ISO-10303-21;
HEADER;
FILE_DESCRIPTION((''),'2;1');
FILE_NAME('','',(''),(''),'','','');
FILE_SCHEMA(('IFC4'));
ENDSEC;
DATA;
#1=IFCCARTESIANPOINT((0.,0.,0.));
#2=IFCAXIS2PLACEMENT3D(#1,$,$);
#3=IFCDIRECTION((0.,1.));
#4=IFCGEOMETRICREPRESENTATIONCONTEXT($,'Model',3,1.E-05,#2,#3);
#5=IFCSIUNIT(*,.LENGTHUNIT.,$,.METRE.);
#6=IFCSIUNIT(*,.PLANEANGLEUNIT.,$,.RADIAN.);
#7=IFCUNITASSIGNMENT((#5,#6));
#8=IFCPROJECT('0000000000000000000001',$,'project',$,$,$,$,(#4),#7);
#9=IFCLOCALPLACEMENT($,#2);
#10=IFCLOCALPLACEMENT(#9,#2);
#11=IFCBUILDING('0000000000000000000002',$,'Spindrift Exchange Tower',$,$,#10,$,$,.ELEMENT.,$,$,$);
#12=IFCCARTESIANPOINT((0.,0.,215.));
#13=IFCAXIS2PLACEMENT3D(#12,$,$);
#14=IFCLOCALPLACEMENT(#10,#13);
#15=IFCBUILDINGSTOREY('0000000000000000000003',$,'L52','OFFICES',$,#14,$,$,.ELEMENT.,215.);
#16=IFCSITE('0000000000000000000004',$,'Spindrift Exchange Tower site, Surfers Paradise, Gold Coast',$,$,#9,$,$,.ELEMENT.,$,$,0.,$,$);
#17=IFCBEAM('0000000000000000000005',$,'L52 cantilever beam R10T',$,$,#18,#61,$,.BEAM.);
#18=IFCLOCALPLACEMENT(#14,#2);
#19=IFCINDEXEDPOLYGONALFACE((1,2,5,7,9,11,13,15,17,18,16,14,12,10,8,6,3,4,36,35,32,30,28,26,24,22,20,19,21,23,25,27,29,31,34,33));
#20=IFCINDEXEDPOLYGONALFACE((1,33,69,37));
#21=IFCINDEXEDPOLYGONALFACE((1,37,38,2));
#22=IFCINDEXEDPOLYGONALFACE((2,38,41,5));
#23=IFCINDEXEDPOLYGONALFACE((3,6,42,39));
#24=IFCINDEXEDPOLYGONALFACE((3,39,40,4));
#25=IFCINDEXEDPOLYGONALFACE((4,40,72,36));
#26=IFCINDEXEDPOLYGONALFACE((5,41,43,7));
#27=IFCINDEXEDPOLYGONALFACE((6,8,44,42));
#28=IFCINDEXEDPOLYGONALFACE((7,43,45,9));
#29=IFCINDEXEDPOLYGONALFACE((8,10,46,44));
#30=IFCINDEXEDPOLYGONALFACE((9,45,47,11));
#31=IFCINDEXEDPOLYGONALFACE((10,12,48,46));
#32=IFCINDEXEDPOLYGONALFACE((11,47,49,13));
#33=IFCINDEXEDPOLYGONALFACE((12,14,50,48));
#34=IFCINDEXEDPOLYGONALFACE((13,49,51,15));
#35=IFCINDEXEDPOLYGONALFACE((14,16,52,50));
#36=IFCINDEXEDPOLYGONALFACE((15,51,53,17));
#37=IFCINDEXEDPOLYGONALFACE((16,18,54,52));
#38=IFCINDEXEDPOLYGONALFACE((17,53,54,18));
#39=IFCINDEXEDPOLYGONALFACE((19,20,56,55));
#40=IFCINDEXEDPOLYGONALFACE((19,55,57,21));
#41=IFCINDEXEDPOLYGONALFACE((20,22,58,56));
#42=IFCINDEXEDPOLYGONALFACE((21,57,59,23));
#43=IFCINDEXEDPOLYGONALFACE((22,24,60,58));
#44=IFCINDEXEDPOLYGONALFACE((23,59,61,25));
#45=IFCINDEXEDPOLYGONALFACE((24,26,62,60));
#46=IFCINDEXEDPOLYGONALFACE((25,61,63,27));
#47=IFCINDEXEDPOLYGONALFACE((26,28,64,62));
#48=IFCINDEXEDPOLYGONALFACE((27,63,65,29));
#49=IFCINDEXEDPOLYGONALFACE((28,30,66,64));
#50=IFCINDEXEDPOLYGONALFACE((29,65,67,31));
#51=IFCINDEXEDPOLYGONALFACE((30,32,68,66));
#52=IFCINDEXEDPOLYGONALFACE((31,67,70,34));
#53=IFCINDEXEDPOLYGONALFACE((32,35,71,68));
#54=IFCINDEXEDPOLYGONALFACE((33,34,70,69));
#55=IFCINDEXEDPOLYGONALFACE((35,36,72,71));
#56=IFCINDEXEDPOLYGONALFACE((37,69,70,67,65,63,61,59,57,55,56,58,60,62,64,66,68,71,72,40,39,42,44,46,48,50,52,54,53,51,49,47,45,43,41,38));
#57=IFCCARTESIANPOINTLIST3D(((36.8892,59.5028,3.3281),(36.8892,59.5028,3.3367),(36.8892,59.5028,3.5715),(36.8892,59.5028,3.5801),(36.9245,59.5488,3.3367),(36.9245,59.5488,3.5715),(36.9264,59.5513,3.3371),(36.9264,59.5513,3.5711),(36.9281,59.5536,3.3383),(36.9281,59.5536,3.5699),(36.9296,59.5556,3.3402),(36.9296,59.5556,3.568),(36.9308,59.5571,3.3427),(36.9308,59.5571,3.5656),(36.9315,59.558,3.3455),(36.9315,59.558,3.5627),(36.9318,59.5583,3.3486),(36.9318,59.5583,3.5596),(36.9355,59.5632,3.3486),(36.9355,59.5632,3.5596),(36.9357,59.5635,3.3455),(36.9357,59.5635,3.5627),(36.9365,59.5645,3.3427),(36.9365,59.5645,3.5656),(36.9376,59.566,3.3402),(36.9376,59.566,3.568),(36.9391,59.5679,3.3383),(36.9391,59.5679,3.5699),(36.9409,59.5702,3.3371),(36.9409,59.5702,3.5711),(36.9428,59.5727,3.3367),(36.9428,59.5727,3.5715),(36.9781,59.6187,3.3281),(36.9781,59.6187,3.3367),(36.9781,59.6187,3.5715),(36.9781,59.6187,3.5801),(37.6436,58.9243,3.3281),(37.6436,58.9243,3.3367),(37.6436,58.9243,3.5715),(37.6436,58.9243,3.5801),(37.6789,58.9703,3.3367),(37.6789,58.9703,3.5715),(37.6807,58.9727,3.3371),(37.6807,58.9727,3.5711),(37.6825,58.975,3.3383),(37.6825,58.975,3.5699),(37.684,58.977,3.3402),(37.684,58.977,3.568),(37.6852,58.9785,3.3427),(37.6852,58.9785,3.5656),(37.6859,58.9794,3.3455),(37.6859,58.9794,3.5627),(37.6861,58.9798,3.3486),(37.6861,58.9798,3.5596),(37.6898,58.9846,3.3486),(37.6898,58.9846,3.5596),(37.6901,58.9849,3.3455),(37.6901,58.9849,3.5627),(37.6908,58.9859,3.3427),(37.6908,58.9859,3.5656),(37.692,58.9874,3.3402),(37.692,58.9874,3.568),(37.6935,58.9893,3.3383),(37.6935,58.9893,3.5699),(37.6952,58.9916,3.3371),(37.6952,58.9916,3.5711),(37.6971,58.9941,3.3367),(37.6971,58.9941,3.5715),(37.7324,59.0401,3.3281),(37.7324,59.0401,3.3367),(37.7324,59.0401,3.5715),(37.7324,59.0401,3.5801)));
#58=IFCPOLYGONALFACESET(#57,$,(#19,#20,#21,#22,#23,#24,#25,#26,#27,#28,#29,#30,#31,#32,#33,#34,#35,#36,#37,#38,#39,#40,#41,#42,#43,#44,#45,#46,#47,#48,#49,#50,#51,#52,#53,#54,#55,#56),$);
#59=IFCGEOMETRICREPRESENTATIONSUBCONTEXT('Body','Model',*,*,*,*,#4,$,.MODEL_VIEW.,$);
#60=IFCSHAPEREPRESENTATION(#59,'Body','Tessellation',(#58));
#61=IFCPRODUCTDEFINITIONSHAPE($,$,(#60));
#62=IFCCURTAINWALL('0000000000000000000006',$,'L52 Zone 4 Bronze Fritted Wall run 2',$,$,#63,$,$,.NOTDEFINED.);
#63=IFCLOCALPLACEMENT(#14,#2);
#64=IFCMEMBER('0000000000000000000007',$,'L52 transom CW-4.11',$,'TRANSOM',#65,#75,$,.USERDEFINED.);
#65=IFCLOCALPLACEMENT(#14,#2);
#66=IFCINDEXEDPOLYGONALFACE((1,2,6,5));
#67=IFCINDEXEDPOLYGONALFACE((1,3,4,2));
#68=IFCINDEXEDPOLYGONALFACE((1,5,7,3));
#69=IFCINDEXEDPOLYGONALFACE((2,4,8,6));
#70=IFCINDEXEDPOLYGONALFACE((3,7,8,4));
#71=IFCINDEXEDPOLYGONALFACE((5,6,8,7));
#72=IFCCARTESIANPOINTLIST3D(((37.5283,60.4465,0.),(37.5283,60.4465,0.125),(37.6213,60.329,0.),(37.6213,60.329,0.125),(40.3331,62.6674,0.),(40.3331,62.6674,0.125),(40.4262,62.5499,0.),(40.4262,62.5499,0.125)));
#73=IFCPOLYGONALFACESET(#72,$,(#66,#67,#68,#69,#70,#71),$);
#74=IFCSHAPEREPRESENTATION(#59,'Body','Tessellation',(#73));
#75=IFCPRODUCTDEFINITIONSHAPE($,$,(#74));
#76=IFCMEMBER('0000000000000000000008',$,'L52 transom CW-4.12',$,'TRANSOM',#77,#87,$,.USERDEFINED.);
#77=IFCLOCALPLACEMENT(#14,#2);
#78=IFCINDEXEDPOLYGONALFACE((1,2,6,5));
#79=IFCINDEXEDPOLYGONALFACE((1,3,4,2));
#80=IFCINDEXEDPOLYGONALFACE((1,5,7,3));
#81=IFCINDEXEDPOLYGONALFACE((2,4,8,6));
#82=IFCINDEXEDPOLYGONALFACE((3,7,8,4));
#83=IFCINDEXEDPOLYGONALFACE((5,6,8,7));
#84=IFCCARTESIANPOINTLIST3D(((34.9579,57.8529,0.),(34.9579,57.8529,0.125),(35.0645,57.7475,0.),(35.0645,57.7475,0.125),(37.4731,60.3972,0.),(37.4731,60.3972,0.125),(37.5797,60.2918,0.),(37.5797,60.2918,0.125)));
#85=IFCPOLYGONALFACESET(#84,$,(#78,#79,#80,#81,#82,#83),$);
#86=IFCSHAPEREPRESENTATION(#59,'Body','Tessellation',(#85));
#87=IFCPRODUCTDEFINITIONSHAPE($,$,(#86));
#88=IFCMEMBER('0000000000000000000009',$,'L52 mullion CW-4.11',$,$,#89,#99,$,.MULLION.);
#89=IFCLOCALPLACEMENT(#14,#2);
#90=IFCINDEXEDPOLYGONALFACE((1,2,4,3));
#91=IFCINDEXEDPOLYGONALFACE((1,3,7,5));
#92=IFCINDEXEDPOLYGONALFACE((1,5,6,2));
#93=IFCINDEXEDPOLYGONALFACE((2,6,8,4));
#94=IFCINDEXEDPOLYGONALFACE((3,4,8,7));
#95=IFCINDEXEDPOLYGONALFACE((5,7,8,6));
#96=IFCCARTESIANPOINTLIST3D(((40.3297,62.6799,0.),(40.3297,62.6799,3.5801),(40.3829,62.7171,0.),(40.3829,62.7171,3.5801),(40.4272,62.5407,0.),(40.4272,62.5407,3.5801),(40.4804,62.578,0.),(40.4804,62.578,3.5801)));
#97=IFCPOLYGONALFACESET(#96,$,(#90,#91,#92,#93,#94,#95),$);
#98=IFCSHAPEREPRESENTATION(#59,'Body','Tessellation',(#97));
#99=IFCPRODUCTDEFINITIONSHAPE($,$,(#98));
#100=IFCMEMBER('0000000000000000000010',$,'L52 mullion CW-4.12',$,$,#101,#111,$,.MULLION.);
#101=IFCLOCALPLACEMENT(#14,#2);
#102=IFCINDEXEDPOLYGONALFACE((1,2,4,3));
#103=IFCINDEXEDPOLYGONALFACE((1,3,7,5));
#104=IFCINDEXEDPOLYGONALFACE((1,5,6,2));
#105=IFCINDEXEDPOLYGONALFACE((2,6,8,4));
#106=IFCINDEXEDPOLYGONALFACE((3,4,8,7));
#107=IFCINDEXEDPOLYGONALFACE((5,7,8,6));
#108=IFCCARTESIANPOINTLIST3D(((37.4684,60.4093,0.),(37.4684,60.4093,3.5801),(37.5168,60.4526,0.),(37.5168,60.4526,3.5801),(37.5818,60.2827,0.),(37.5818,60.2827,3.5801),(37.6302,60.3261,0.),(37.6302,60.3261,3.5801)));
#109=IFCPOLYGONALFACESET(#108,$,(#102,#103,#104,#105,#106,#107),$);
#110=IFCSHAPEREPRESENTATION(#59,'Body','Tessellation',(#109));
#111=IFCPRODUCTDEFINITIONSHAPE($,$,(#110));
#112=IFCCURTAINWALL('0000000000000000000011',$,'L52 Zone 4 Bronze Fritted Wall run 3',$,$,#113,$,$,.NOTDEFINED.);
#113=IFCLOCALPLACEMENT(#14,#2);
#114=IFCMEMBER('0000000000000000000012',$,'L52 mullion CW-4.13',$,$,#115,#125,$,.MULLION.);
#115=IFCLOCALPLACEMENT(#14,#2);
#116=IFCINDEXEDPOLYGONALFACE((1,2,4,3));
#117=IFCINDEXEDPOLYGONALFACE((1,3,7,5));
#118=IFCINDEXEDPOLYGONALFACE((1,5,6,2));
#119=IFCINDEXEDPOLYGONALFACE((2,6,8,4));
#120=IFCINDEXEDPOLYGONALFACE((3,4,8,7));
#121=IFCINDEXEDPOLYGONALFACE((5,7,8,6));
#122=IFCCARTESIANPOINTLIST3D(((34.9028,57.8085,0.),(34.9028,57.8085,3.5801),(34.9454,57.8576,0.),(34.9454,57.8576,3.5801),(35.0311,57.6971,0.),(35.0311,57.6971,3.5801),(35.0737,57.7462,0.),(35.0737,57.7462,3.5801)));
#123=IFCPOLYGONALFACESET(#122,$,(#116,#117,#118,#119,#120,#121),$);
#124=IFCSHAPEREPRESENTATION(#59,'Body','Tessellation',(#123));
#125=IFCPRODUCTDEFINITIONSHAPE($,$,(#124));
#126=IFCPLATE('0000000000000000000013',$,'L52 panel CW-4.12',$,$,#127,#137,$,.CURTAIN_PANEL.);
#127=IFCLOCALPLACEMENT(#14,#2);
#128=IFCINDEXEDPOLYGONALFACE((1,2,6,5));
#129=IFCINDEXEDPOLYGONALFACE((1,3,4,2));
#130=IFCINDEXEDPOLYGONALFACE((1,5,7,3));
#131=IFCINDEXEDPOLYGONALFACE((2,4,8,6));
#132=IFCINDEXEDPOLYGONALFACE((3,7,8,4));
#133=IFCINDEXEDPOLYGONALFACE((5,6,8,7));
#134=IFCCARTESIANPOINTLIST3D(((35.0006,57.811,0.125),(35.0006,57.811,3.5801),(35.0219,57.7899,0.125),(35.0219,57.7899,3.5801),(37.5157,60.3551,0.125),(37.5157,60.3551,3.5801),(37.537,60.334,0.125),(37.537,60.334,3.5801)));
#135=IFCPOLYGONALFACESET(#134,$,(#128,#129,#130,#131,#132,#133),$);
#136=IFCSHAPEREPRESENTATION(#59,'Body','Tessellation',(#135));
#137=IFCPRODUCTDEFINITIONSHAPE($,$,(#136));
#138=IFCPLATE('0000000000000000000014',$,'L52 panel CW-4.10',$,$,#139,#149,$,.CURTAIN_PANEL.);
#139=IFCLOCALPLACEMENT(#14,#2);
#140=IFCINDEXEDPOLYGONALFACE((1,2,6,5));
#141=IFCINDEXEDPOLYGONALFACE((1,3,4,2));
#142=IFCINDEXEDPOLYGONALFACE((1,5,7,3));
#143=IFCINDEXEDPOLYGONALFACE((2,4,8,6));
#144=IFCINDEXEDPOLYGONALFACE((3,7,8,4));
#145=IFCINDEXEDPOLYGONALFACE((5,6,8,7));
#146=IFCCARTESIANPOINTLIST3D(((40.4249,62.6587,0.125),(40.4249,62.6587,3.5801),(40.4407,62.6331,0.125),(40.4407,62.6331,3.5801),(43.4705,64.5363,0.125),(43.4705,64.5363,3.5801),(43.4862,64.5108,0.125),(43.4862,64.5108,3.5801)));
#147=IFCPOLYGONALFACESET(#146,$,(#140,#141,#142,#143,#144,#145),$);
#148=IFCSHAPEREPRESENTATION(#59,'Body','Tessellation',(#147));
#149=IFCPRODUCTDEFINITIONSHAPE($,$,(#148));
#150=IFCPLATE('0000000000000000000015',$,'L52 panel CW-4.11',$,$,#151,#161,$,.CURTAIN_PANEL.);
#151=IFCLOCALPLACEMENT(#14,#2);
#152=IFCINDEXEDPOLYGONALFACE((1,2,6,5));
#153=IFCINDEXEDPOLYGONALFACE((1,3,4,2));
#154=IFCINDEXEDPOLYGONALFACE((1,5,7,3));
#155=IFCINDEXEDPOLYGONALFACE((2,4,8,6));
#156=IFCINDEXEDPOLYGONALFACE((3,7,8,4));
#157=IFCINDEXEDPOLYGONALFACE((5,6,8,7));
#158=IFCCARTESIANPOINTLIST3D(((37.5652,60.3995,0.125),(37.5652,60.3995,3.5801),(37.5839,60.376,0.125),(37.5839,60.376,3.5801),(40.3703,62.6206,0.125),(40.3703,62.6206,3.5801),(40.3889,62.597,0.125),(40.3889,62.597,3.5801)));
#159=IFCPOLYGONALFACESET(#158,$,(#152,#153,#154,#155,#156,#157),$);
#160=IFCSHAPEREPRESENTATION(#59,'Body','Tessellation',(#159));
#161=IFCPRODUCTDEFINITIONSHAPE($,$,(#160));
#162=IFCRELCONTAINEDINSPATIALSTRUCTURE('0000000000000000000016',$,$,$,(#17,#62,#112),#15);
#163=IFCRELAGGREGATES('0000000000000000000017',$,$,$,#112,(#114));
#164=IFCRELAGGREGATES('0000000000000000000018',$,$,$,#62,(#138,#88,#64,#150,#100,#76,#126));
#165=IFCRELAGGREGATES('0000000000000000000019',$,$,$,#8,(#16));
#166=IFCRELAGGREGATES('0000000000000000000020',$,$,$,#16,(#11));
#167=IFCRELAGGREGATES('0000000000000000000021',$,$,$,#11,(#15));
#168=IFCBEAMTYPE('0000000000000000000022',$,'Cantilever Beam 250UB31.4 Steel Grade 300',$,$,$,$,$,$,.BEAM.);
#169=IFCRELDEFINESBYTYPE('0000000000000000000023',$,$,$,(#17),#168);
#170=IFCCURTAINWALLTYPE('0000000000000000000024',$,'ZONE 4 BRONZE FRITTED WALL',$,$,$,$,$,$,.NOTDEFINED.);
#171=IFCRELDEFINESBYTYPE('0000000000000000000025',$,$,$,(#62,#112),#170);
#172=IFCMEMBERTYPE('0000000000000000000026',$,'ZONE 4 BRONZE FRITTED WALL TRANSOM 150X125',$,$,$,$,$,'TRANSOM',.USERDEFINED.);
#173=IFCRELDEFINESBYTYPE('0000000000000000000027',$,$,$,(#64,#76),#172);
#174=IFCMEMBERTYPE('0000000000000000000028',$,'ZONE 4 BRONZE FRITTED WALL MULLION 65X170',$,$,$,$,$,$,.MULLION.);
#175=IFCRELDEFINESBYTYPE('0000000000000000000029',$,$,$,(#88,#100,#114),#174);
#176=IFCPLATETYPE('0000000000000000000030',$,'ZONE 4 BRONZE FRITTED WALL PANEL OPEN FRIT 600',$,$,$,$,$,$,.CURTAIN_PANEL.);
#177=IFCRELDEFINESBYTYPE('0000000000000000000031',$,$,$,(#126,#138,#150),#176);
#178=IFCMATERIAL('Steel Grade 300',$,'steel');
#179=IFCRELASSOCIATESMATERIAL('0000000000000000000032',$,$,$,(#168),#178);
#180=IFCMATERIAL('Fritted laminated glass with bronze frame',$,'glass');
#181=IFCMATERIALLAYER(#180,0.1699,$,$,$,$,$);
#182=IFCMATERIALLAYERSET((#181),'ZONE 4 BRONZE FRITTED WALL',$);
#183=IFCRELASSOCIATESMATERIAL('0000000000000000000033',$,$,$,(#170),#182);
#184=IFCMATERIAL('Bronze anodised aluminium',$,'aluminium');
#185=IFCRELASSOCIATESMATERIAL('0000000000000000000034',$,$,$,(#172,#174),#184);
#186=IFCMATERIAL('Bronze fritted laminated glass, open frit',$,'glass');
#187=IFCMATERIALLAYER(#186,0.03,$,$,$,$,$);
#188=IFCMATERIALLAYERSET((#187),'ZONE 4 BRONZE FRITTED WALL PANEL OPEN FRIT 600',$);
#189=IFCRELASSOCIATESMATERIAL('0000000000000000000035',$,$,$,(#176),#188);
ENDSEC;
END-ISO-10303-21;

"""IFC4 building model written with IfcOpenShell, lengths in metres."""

from ifc_helpers import new_model, si_unit, direction, frame, origin, origin_2d, place, context, subcontext, project, spatial, rectangle, i_section, extrude, source, transform, mapped, material, layer, layer_set, material_profile, profile_set, type_object, element, aggregate, save


model = new_model("IFC4")

# Units and contexts
model_context = context("Model", 3, precision=1e-05, world=origin(), true_north=direction((0.0, 1.0)))
body_context = subcontext(model_context, "Body", "Model", "MODEL_VIEW")
ifc_project = project(units=[si_unit("LENGTHUNIT", "METRE"), si_unit("PLANEANGLEUNIT", "RADIAN")], contexts=[model_context])

# Site, building, storey
site_placement = place(None, origin())
site = spatial("IfcSite", under=ifc_project, at=site_placement, Name="Spindrift Exchange Tower site, Surfers Paradise, Gold Coast", CompositionType="ELEMENT", RefElevation=0.0)
building_placement = place(site_placement, origin())
building = spatial("IfcBuilding", under=site, at=building_placement, Name="Spindrift Exchange Tower", CompositionType="ELEMENT")
storey_placement = place(building_placement, frame((0.0, 0.0, 215.0)))
storey = spatial("IfcBuildingStorey", under=building, at=storey_placement, Name="L52", Description="OFFICES", CompositionType="ELEMENT", Elevation=215.0)

# Beam
ifc_material_1 = material(Name="Steel Grade 300", Category="steel")
ifc_material_profile_1 = material_profile(ifc_material_1, i_section(OverallWidth=0.146, OverallDepth=0.252, WebThickness=0.0061, FlangeThickness=0.0085, FilletRadius=0.012, at=origin_2d()), Name="250UB31.4")
ifc_profile_set_1 = profile_set([ifc_material_profile_1], Name="Steel Grade 300")
beam_type_1 = type_object("IfcBeamType", Name="Cantilever Beam 250UB31.4 Steel Grade 300", PredefinedType="BEAM", material=ifc_profile_set_1)
shared_shape_1 = source(origin(), body_context, "Body", "SweptSolid", [
    extrude(i_section(OverallWidth=0.146, OverallDepth=0.252, WebThickness=0.0061, FlangeThickness=0.0085, FilletRadius=0.012, at=origin_2d()), origin(), (0.0, 0.0, 1.0), 0.9507),
])
beam_1_placement = place(storey_placement, frame((37.688, 58.9822, 3.4541), z_axis=(-0.793482, 0.608593, 0.0), x_axis=(-0.608593, -0.793482, 0.0)))
element("IfcBeam", 1, at=beam_1_placement, inside=storey, type_object=beam_type_1, Name="L52 cantilever beam R10T", PredefinedType="BEAM", context=body_context, shape_type="MappedRepresentation", body=[
    mapped(shared_shape_1, transform((0.0, 0.0, 0.0), scale=1.0)),
])

# Curtain wall, members
ifc_material_2 = material(Name="Fritted laminated glass with bronze frame", Category="glass")
ifc_layer_1 = layer(ifc_material_2, 0.1699)
ifc_layer_set_1 = layer_set([ifc_layer_1], Name="ZONE 4 BRONZE FRITTED WALL")
curtain_wall_type = type_object("IfcCurtainWallType", Name="ZONE 4 BRONZE FRITTED WALL", PredefinedType="NOTDEFINED", material=ifc_layer_set_1)
curtain_wall_1_placement = place(storey_placement, origin())
curtain_wall_1 = element("IfcCurtainWall", 2, at=curtain_wall_1_placement, inside=storey, type_object=curtain_wall_type, Name="L52 Zone 4 Bronze Fritted Wall run 2", PredefinedType="NOTDEFINED")
ifc_material_3 = material(Name="Bronze anodised aluminium", Category="aluminium")
ifc_material_profile_2 = material_profile(ifc_material_3, rectangle(XDim=0.1499, YDim=0.125, at=origin_2d()), Name="ZONE 4 BRONZE FRITTED WALL TRANSOM 150X125")
ifc_profile_set_2 = profile_set([ifc_material_profile_2], Name="Bronze anodised aluminium")
member_type_1 = type_object("IfcMemberType", Name="ZONE 4 BRONZE FRITTED WALL TRANSOM 150X125", ElementType="TRANSOM", PredefinedType="USERDEFINED", material=ifc_profile_set_2)
shared_shape_2 = source(origin(), body_context, "Body", "SweptSolid", [
    extrude(rectangle(XDim=0.1499, YDim=0.125, at=origin_2d()), origin(), (0.0, 0.0, 1.0), 3.5776),
])
member_1_placement = place(storey_placement, frame((40.3796, 62.6086, 0.0625), z_axis=(-0.783995, -0.620768, 0.0), x_axis=(0.620768, -0.783995, 0.0)))
member_1 = element("IfcMember", 3, at=member_1_placement, type_object=member_type_1, Name="L52 transom CW-4.11", ObjectType="TRANSOM", PredefinedType="USERDEFINED", context=body_context, shape_type="MappedRepresentation", body=[
    mapped(shared_shape_2, transform((0.0, 0.0, 0.0), scale=1.0)),
])
member_2_placement = place(storey_placement, frame((37.5264, 60.3445, 0.0625), z_axis=(-0.703035, -0.711156, 0.0), x_axis=(0.711156, -0.703035, 0.0)))
member_2 = element("IfcMember", 4, at=member_2_placement, type_object=member_type_1, Name="L52 transom CW-4.12", ObjectType="TRANSOM", PredefinedType="USERDEFINED", context=body_context, shape_type="MappedRepresentation", body=[
    mapped(shared_shape_2, transform((0.0, 0.0, 0.0), scale=1.0)),
])
ifc_material_profile_3 = material_profile(ifc_material_3, rectangle(XDim=0.0649, YDim=0.1699, at=origin_2d()), Name="ZONE 4 BRONZE FRITTED WALL MULLION 65X170")
ifc_profile_set_3 = profile_set([ifc_material_profile_3], Name="Bronze anodised aluminium")
member_type_2 = type_object("IfcMemberType", Name="ZONE 4 BRONZE FRITTED WALL MULLION 65X170", PredefinedType="MULLION", material=ifc_profile_set_3)
shared_shape_3 = source(origin(), body_context, "Body", "SweptSolid", [
    extrude(rectangle(XDim=0.0649, YDim=0.1699, at=origin_2d()), origin(), (0.0, 0.0, 1.0), 3.5801),
])
member_3_placement = place(storey_placement, frame((40.405, 62.6289, 0.0), z_axis=(0.0, 0.0, 1.0), x_axis=(-0.819016, -0.573771, 0.0)))
member_3 = element("IfcMember", 5, at=member_3_placement, type_object=member_type_2, Name="L52 mullion CW-4.11", PredefinedType="MULLION", context=body_context, shape_type="MappedRepresentation", body=[
    mapped(shared_shape_3, transform((0.0, 0.0, 0.0), scale=1.0)),
])
member_4_placement = place(storey_placement, frame((37.5493, 60.3677, 0.0), z_axis=(0.0, 0.0, 1.0), x_axis=(-0.744892, -0.667185, 0.0)))
member_4 = element("IfcMember", 6, at=member_4_placement, type_object=member_type_2, Name="L52 mullion CW-4.12", PredefinedType="MULLION", context=body_context, shape_type="MappedRepresentation", body=[
    mapped(shared_shape_3, transform((0.0, 0.0, 0.0), scale=1.0)),
])

# Curtain wall, member
curtain_wall_2_placement = place(storey_placement, origin())
curtain_wall_2 = element("IfcCurtainWall", 7, at=curtain_wall_2_placement, inside=storey, type_object=curtain_wall_type, Name="L52 Zone 4 Bronze Fritted Wall run 3", PredefinedType="NOTDEFINED")
member_5_placement = place(storey_placement, frame((34.9883, 57.7773, 0.0), z_axis=(0.0, 0.0, 1.0), x_axis=(-0.655633, -0.75508, 0.0)))
member_5 = element("IfcMember", 8, at=member_5_placement, type_object=member_type_2, Name="L52 mullion CW-4.13", PredefinedType="MULLION", context=body_context, shape_type="MappedRepresentation", body=[
    mapped(shared_shape_3, transform((0.0, 0.0, 0.0), scale=1.0)),
])
aggregate(curtain_wall_2, [member_5])

# Plates
ifc_material_4 = material(Name="Bronze fritted laminated glass, open frit", Category="glass")
ifc_layer_2 = layer(ifc_material_4, 0.03)
ifc_layer_set_2 = layer_set([ifc_layer_2], Name="ZONE 4 BRONZE FRITTED WALL PANEL OPEN FRIT 600")
plate_type = type_object("IfcPlateType", Name="ZONE 4 BRONZE FRITTED WALL PANEL OPEN FRIT 600", PredefinedType="CURTAIN_PANEL", material=ifc_layer_set_2)
shared_shape_4 = source(origin(), body_context, "Body", "SweptSolid", [
    extrude(rectangle(XDim=3.5774, YDim=0.03, at=origin_2d()), origin(), (0.0, 0.0, 1.0), 3.4551),
])
plate_1_placement = place(storey_placement, frame((36.2688, 59.0725, 0.125), z_axis=(0.0, 0.0, 1.0), x_axis=(-0.703046, -0.711144, 0.0)))
plate_1 = element("IfcPlate", 9, at=plate_1_placement, type_object=plate_type, Name="L52 panel CW-4.12", PredefinedType="CURTAIN_PANEL", context=body_context, shape_type="MappedRepresentation", body=[
    mapped(shared_shape_4, transform((0.0, 0.0, 0.0), scale=1.0)),
])
shared_shape_5 = source(origin(), body_context, "Body", "SweptSolid", [
    extrude(rectangle(XDim=3.5779, YDim=0.03, at=origin_2d()), origin(), (0.0, 0.0, 1.0), 3.4551),
])
plate_2_placement = place(storey_placement, frame((41.9556, 63.5847, 0.125), z_axis=(0.0, 0.0, 1.0), x_axis=(-0.851223, -0.524805, 0.0)))
plate_2 = element("IfcPlate", 10, at=plate_2_placement, type_object=plate_type, Name="L52 panel CW-4.10", PredefinedType="CURTAIN_PANEL", context=body_context, shape_type="MappedRepresentation", body=[
    mapped(shared_shape_5, transform((0.0, 0.0, 0.0), scale=1.0)),
])
plate_3_placement = place(storey_placement, frame((38.9771, 61.4983, 0.125), z_axis=(0.0, 0.0, 1.0), x_axis=(-0.783995, -0.620767, 0.0)))
plate_3 = element("IfcPlate", 11, at=plate_3_placement, type_object=plate_type, Name="L52 panel CW-4.11", PredefinedType="CURTAIN_PANEL", context=body_context, shape_type="MappedRepresentation", body=[
    mapped(shared_shape_5, transform((0.0, 0.0, 0.0), scale=1.0)),
])
aggregate(curtain_wall_1, [plate_2, member_3, member_1, plate_3, member_4, member_2, plate_1])

save(model, "model.ifc")
